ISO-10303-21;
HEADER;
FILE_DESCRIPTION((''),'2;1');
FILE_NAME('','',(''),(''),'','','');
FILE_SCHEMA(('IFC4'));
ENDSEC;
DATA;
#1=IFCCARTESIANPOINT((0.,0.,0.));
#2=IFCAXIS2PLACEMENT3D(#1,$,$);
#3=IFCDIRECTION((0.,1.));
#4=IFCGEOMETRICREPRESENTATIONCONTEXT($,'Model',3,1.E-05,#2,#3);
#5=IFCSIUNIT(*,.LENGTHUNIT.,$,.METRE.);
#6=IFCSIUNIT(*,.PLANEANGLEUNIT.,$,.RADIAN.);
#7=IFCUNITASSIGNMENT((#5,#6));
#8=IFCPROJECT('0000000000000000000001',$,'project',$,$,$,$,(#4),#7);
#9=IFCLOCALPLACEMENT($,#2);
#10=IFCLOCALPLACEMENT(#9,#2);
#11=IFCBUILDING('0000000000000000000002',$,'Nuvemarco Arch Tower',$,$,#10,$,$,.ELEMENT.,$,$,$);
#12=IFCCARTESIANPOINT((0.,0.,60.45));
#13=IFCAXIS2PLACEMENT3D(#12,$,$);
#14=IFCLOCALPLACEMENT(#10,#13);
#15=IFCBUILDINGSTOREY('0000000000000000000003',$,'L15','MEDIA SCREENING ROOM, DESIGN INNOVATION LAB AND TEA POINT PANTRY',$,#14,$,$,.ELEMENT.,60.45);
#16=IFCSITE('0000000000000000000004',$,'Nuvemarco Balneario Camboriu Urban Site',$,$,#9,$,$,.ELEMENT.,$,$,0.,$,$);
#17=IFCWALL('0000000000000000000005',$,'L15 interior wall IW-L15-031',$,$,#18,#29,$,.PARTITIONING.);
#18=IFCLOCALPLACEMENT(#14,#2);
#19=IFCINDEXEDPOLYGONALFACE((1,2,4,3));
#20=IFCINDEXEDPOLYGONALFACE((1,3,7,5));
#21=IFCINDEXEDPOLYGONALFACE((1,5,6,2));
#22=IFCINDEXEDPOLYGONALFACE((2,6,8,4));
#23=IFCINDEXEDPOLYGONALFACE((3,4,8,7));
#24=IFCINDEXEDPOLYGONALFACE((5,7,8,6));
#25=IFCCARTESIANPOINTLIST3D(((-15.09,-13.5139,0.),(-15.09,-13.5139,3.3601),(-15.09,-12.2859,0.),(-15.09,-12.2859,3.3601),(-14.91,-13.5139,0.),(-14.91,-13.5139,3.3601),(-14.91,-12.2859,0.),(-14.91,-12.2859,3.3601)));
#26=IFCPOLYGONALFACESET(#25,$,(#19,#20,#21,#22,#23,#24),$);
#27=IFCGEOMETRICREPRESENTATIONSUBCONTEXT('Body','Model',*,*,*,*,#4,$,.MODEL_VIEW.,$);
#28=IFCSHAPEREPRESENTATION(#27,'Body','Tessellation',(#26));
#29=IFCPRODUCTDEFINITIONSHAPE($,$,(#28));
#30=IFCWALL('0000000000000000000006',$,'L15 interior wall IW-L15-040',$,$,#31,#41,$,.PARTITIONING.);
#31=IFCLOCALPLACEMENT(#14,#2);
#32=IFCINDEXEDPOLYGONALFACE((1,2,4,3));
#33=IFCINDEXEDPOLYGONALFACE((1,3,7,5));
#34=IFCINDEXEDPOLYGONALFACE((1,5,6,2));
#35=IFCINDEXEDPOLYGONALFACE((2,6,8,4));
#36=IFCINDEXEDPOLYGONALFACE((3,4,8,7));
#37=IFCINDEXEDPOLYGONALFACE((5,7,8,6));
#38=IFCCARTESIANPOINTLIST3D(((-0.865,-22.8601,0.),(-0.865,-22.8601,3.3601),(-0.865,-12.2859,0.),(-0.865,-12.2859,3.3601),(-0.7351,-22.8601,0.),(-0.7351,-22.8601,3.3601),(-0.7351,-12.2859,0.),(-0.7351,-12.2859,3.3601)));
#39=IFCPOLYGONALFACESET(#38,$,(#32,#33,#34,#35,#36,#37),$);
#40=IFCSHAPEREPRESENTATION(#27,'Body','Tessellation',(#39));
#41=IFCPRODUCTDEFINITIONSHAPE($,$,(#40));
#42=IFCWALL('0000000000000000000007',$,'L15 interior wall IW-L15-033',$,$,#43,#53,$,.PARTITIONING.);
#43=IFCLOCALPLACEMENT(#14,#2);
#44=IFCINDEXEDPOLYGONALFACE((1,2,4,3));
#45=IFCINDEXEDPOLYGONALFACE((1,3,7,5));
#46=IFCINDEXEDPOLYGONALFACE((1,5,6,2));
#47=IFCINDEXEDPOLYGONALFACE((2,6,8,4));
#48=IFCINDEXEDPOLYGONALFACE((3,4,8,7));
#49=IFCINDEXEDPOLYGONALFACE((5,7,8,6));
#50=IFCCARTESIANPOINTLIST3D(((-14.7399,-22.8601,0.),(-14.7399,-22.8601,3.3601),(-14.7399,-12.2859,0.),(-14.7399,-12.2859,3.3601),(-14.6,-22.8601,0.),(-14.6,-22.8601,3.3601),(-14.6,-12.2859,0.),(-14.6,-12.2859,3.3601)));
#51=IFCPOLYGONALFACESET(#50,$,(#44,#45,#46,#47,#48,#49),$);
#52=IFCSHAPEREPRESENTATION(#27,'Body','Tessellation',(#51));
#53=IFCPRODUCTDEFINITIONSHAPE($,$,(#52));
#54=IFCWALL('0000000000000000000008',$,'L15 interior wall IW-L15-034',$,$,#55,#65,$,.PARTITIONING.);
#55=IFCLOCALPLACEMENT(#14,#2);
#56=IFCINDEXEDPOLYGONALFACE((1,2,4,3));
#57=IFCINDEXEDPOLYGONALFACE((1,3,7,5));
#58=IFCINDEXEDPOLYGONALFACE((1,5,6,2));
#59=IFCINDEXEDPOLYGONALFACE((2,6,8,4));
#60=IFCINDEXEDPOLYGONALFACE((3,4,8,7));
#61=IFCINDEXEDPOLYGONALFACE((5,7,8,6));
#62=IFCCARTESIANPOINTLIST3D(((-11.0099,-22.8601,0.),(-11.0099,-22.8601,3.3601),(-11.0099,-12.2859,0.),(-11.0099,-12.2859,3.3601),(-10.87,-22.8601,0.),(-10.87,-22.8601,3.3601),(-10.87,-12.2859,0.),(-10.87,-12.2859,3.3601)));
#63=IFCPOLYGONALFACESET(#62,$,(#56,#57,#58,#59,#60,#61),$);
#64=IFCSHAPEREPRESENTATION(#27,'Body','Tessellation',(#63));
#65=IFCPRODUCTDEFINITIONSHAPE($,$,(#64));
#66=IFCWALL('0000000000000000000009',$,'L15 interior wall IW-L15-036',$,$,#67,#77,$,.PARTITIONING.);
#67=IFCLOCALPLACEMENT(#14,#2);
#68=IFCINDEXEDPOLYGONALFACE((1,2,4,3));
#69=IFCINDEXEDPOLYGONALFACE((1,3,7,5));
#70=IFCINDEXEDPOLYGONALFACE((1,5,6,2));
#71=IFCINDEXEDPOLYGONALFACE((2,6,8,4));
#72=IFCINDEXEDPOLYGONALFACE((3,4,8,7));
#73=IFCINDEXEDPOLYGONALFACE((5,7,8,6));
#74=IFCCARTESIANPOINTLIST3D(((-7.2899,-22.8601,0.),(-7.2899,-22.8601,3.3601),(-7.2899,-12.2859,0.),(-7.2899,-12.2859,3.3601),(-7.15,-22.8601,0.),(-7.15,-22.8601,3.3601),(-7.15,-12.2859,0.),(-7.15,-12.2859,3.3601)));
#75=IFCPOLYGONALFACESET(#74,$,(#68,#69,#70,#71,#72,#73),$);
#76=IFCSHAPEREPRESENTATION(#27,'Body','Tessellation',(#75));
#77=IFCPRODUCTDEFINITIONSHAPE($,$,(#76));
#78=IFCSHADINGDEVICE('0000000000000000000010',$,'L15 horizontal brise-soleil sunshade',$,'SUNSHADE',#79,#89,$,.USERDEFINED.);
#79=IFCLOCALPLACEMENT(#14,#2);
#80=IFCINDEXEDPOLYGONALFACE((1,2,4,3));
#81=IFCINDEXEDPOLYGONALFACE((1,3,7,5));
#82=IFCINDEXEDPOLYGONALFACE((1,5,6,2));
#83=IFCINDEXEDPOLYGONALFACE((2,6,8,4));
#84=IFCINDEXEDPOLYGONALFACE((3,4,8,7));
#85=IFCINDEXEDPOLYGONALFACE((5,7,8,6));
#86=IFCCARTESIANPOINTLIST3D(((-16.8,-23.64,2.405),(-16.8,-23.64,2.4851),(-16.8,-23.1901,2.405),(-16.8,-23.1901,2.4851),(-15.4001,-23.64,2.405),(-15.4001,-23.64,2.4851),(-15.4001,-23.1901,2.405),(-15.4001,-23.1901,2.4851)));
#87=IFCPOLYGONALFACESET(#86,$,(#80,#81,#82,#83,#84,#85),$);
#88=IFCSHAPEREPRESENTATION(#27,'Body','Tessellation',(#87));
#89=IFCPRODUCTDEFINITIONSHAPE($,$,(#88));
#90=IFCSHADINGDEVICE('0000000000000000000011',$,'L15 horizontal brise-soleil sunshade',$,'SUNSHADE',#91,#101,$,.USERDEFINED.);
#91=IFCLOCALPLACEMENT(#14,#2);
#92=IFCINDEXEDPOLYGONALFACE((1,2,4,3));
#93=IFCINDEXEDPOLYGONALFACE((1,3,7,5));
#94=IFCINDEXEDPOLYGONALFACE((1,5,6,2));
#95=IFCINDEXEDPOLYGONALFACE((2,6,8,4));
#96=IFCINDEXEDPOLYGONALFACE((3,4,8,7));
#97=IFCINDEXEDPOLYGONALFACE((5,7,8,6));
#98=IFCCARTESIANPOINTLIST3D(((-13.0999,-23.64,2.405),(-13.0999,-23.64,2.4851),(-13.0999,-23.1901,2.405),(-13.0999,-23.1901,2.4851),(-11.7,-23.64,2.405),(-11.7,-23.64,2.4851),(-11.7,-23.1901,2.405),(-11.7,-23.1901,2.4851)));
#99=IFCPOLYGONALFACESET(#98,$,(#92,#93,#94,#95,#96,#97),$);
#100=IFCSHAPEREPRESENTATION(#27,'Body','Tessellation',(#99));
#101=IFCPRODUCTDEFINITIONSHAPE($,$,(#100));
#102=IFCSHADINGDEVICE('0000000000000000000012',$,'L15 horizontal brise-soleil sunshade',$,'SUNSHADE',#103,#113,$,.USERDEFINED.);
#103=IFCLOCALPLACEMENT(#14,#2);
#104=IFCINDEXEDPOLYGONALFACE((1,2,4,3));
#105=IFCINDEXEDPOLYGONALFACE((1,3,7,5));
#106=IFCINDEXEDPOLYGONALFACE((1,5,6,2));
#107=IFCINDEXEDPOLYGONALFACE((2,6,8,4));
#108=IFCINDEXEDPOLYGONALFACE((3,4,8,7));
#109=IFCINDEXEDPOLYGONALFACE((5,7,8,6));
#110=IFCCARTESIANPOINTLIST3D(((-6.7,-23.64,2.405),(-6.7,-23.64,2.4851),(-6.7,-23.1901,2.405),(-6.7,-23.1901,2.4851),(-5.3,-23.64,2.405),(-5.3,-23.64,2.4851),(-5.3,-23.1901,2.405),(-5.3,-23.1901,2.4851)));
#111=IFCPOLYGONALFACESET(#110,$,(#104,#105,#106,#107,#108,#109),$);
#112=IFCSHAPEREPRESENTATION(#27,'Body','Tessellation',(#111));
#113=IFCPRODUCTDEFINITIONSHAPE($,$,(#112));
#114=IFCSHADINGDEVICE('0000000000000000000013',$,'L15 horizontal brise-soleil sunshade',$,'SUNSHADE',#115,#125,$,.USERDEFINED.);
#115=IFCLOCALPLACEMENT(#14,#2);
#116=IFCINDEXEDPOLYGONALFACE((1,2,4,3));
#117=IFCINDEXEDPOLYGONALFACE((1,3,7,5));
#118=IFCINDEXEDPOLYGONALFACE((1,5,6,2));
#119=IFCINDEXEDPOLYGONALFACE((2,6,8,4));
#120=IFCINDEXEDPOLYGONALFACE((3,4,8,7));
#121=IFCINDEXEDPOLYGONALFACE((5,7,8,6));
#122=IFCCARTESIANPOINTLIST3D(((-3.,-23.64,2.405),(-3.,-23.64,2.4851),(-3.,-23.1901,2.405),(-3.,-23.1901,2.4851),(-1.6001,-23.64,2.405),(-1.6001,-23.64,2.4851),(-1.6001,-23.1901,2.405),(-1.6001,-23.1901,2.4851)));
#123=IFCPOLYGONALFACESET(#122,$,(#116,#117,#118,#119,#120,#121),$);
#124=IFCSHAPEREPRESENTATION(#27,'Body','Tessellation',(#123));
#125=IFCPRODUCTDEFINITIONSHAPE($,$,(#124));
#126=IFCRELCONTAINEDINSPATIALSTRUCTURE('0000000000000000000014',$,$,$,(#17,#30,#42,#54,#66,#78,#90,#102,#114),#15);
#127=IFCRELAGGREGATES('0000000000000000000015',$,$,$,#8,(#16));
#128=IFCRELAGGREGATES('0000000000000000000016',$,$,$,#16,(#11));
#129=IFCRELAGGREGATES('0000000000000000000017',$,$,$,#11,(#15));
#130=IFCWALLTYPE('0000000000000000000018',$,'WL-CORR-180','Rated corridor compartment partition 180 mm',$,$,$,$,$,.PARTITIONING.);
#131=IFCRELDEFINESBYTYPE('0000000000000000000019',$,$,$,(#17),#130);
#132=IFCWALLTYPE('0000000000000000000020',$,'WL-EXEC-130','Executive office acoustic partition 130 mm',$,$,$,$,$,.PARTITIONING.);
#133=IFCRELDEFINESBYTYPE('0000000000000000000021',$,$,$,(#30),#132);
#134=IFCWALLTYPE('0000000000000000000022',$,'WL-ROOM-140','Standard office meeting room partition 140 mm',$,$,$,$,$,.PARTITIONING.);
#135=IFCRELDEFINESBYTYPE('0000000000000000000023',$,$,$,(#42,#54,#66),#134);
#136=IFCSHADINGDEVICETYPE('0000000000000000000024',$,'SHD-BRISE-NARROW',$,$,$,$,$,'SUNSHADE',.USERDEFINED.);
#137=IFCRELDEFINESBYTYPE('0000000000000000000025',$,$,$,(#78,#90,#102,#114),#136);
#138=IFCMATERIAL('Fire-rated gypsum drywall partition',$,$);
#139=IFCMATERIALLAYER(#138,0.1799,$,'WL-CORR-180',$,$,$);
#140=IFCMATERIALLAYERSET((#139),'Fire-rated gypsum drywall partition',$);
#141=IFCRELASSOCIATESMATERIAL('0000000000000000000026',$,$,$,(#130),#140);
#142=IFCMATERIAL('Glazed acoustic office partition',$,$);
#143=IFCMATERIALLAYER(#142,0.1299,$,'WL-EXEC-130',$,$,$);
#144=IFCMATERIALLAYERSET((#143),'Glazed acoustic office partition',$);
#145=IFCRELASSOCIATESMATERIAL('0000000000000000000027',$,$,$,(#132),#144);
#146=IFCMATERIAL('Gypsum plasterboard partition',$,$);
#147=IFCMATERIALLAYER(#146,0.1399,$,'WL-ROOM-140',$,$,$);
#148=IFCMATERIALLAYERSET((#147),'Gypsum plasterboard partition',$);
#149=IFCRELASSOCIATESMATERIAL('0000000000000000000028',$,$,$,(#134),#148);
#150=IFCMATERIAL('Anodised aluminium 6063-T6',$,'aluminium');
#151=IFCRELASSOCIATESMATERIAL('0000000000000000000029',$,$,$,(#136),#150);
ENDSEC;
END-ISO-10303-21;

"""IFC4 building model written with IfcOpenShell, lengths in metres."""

from ifc_helpers import new_model, si_unit, direction, frame, frame_2d, origin, origin_2d, place, context, subcontext, project, spatial, rectangle, extrude, source, transform, mapped, material, layer, layer_set, type_object, type_shapes, element, save


model = new_model("IFC4")

# Units and contexts
model_context = context("Model", 3, precision=1e-05, world=origin(), true_north=direction((0.0, 1.0)))
body_context = subcontext(model_context, "Body", "Model", "MODEL_VIEW")
ifc_project = project(units=[si_unit("LENGTHUNIT", "METRE"), si_unit("PLANEANGLEUNIT", "RADIAN")], contexts=[model_context])

# Site, building, storey
site_placement = place(None, origin())
site = spatial("IfcSite", under=ifc_project, at=site_placement, Name="Nuvemarco Balneario Camboriu Urban Site", CompositionType="ELEMENT", RefElevation=0.0)
building_placement = place(site_placement, origin())
building = spatial("IfcBuilding", under=site, at=building_placement, Name="Nuvemarco Arch Tower", CompositionType="ELEMENT")
storey_placement = place(building_placement, frame((0.0, 0.0, 60.45)))
storey = spatial("IfcBuildingStorey", under=building, at=storey_placement, Name="L15", Description="MEDIA SCREENING ROOM, DESIGN INNOVATION LAB AND TEA POINT PANTRY", CompositionType="ELEMENT", Elevation=60.45)

# Shared definitions
ifc_material_1 = material(Name="Fire-rated gypsum drywall partition")
ifc_layer_1 = layer(ifc_material_1, 0.1799, Name="WL-CORR-180")
ifc_layer_set_1 = layer_set([ifc_layer_1], Name="Fire-rated gypsum drywall partition")
wall_type_1 = type_object("IfcWallType", Name="WL-CORR-180", Description="Rated corridor compartment partition 180 mm", PredefinedType="PARTITIONING", material=ifc_layer_set_1)

# Walls
wall_1_placement = place(storey_placement, frame((-15.0, -13.5139, 0.0), z_axis=(0.0, 0.0, 1.0), x_axis=(0.0, 1.0, 0.0)))
element("IfcWall", 1, at=wall_1_placement, inside=storey, type_object=wall_type_1, Name="L15 interior wall IW-L15-031", PredefinedType="PARTITIONING", context=body_context, shape_type="SweptSolid", body=[
    extrude(rectangle(XDim=1.228, YDim=0.1799, at=frame_2d((0.614, 0.0))), origin(), (0.0, 0.0, 1.0), 3.3601),
])
ifc_material_2 = material(Name="Glazed acoustic office partition")
ifc_layer_2 = layer(ifc_material_2, 0.1299, Name="WL-EXEC-130")
ifc_layer_set_2 = layer_set([ifc_layer_2], Name="Glazed acoustic office partition")
wall_type_2 = type_object("IfcWallType", Name="WL-EXEC-130", Description="Executive office acoustic partition 130 mm", PredefinedType="PARTITIONING", material=ifc_layer_set_2)
wall_2_placement = place(storey_placement, frame((-0.8, -22.8601, 0.0), z_axis=(0.0, 0.0, 1.0), x_axis=(0.0, 1.0, 0.0)))
element("IfcWall", 2, at=wall_2_placement, inside=storey, type_object=wall_type_2, Name="L15 interior wall IW-L15-040", PredefinedType="PARTITIONING", context=body_context, shape_type="SweptSolid", body=[
    extrude(rectangle(XDim=10.5742, YDim=0.1299, at=frame_2d((5.2871, 0.0))), origin(), (0.0, 0.0, 1.0), 3.3601),
])
ifc_material_3 = material(Name="Gypsum plasterboard partition")
ifc_layer_3 = layer(ifc_material_3, 0.1399, Name="WL-ROOM-140")
ifc_layer_set_3 = layer_set([ifc_layer_3], Name="Gypsum plasterboard partition")
wall_type_3 = type_object("IfcWallType", Name="WL-ROOM-140", Description="Standard office meeting room partition 140 mm", PredefinedType="PARTITIONING", material=ifc_layer_set_3)
for number, where, z_axis, x_axis, name in (
    (3, (-14.6699, -22.8601, 0.0), (0.0, 0.0, 1.0), (0.0, 1.0, 0.0), "L15 interior wall IW-L15-033"),
    (4, (-10.9399, -22.8601, 0.0), (0.0, 0.0, 1.0), (0.0, 1.0, 0.0), "L15 interior wall IW-L15-034"),
    (5, (-7.22, -22.8601, 0.0), (0.0, 0.0, 1.0), (0.0, 1.0, 0.0), "L15 interior wall IW-L15-036"),
):
    element("IfcWall", number, at=place(storey_placement, frame(where, z_axis=z_axis, x_axis=x_axis)), inside=storey, type_object=wall_type_3, Name=name, PredefinedType="PARTITIONING", context=body_context, shape_type="SweptSolid", body=[
        extrude(rectangle(XDim=10.5742, YDim=0.1399, at=frame_2d((5.2871, 0.0))), origin(), (0.0, 0.0, 1.0), 3.3601),
    ])

# Shading devices
ifc_material_4 = material(Name="Anodised aluminium 6063-T6", Category="aluminium")
shading_device_type = type_object("IfcShadingDeviceType", Name="SHD-BRISE-NARROW", ElementType="SUNSHADE", PredefinedType="USERDEFINED", material=ifc_material_4)
shared_shape_1 = source(origin(), body_context, "Body", "SweptSolid", [
    extrude(rectangle(XDim=1.3999, YDim=0.45, at=origin_2d()), origin(), (0.0, 0.0, 1.0), 0.0801),
])
type_shapes(shading_device_type, [shared_shape_1])
for number, where, z_axis, x_axis, name in (
    (6, (-16.1001, -23.415, 2.405), (0.0, 0.0, 1.0), (1.0, 0.0, 0.0), "L15 horizontal brise-soleil sunshade"),
    (7, (-12.3999, -23.415, 2.405), (0.0, 0.0, 1.0), (1.0, 0.0, 0.0), "L15 horizontal brise-soleil sunshade"),
    (8, (-6.0, -23.415, 2.405), (0.0, 0.0, 1.0), (1.0, 0.0, 0.0), "L15 horizontal brise-soleil sunshade"),
    (9, (-2.3, -23.415, 2.405), (0.0, 0.0, 1.0), (1.0, 0.0, 0.0), "L15 horizontal brise-soleil sunshade"),
):
    element("IfcShadingDevice", number, at=place(storey_placement, frame(where, z_axis=z_axis, x_axis=x_axis)), inside=storey, type_object=shading_device_type, Name=name, ObjectType="SUNSHADE", PredefinedType="USERDEFINED", context=body_context, shape_type="MappedRepresentation", body=[
        mapped(shared_shape_1, transform((0.0, 0.0, 0.0), scale=1.0)),
    ])

save(model, "model.ifc")
